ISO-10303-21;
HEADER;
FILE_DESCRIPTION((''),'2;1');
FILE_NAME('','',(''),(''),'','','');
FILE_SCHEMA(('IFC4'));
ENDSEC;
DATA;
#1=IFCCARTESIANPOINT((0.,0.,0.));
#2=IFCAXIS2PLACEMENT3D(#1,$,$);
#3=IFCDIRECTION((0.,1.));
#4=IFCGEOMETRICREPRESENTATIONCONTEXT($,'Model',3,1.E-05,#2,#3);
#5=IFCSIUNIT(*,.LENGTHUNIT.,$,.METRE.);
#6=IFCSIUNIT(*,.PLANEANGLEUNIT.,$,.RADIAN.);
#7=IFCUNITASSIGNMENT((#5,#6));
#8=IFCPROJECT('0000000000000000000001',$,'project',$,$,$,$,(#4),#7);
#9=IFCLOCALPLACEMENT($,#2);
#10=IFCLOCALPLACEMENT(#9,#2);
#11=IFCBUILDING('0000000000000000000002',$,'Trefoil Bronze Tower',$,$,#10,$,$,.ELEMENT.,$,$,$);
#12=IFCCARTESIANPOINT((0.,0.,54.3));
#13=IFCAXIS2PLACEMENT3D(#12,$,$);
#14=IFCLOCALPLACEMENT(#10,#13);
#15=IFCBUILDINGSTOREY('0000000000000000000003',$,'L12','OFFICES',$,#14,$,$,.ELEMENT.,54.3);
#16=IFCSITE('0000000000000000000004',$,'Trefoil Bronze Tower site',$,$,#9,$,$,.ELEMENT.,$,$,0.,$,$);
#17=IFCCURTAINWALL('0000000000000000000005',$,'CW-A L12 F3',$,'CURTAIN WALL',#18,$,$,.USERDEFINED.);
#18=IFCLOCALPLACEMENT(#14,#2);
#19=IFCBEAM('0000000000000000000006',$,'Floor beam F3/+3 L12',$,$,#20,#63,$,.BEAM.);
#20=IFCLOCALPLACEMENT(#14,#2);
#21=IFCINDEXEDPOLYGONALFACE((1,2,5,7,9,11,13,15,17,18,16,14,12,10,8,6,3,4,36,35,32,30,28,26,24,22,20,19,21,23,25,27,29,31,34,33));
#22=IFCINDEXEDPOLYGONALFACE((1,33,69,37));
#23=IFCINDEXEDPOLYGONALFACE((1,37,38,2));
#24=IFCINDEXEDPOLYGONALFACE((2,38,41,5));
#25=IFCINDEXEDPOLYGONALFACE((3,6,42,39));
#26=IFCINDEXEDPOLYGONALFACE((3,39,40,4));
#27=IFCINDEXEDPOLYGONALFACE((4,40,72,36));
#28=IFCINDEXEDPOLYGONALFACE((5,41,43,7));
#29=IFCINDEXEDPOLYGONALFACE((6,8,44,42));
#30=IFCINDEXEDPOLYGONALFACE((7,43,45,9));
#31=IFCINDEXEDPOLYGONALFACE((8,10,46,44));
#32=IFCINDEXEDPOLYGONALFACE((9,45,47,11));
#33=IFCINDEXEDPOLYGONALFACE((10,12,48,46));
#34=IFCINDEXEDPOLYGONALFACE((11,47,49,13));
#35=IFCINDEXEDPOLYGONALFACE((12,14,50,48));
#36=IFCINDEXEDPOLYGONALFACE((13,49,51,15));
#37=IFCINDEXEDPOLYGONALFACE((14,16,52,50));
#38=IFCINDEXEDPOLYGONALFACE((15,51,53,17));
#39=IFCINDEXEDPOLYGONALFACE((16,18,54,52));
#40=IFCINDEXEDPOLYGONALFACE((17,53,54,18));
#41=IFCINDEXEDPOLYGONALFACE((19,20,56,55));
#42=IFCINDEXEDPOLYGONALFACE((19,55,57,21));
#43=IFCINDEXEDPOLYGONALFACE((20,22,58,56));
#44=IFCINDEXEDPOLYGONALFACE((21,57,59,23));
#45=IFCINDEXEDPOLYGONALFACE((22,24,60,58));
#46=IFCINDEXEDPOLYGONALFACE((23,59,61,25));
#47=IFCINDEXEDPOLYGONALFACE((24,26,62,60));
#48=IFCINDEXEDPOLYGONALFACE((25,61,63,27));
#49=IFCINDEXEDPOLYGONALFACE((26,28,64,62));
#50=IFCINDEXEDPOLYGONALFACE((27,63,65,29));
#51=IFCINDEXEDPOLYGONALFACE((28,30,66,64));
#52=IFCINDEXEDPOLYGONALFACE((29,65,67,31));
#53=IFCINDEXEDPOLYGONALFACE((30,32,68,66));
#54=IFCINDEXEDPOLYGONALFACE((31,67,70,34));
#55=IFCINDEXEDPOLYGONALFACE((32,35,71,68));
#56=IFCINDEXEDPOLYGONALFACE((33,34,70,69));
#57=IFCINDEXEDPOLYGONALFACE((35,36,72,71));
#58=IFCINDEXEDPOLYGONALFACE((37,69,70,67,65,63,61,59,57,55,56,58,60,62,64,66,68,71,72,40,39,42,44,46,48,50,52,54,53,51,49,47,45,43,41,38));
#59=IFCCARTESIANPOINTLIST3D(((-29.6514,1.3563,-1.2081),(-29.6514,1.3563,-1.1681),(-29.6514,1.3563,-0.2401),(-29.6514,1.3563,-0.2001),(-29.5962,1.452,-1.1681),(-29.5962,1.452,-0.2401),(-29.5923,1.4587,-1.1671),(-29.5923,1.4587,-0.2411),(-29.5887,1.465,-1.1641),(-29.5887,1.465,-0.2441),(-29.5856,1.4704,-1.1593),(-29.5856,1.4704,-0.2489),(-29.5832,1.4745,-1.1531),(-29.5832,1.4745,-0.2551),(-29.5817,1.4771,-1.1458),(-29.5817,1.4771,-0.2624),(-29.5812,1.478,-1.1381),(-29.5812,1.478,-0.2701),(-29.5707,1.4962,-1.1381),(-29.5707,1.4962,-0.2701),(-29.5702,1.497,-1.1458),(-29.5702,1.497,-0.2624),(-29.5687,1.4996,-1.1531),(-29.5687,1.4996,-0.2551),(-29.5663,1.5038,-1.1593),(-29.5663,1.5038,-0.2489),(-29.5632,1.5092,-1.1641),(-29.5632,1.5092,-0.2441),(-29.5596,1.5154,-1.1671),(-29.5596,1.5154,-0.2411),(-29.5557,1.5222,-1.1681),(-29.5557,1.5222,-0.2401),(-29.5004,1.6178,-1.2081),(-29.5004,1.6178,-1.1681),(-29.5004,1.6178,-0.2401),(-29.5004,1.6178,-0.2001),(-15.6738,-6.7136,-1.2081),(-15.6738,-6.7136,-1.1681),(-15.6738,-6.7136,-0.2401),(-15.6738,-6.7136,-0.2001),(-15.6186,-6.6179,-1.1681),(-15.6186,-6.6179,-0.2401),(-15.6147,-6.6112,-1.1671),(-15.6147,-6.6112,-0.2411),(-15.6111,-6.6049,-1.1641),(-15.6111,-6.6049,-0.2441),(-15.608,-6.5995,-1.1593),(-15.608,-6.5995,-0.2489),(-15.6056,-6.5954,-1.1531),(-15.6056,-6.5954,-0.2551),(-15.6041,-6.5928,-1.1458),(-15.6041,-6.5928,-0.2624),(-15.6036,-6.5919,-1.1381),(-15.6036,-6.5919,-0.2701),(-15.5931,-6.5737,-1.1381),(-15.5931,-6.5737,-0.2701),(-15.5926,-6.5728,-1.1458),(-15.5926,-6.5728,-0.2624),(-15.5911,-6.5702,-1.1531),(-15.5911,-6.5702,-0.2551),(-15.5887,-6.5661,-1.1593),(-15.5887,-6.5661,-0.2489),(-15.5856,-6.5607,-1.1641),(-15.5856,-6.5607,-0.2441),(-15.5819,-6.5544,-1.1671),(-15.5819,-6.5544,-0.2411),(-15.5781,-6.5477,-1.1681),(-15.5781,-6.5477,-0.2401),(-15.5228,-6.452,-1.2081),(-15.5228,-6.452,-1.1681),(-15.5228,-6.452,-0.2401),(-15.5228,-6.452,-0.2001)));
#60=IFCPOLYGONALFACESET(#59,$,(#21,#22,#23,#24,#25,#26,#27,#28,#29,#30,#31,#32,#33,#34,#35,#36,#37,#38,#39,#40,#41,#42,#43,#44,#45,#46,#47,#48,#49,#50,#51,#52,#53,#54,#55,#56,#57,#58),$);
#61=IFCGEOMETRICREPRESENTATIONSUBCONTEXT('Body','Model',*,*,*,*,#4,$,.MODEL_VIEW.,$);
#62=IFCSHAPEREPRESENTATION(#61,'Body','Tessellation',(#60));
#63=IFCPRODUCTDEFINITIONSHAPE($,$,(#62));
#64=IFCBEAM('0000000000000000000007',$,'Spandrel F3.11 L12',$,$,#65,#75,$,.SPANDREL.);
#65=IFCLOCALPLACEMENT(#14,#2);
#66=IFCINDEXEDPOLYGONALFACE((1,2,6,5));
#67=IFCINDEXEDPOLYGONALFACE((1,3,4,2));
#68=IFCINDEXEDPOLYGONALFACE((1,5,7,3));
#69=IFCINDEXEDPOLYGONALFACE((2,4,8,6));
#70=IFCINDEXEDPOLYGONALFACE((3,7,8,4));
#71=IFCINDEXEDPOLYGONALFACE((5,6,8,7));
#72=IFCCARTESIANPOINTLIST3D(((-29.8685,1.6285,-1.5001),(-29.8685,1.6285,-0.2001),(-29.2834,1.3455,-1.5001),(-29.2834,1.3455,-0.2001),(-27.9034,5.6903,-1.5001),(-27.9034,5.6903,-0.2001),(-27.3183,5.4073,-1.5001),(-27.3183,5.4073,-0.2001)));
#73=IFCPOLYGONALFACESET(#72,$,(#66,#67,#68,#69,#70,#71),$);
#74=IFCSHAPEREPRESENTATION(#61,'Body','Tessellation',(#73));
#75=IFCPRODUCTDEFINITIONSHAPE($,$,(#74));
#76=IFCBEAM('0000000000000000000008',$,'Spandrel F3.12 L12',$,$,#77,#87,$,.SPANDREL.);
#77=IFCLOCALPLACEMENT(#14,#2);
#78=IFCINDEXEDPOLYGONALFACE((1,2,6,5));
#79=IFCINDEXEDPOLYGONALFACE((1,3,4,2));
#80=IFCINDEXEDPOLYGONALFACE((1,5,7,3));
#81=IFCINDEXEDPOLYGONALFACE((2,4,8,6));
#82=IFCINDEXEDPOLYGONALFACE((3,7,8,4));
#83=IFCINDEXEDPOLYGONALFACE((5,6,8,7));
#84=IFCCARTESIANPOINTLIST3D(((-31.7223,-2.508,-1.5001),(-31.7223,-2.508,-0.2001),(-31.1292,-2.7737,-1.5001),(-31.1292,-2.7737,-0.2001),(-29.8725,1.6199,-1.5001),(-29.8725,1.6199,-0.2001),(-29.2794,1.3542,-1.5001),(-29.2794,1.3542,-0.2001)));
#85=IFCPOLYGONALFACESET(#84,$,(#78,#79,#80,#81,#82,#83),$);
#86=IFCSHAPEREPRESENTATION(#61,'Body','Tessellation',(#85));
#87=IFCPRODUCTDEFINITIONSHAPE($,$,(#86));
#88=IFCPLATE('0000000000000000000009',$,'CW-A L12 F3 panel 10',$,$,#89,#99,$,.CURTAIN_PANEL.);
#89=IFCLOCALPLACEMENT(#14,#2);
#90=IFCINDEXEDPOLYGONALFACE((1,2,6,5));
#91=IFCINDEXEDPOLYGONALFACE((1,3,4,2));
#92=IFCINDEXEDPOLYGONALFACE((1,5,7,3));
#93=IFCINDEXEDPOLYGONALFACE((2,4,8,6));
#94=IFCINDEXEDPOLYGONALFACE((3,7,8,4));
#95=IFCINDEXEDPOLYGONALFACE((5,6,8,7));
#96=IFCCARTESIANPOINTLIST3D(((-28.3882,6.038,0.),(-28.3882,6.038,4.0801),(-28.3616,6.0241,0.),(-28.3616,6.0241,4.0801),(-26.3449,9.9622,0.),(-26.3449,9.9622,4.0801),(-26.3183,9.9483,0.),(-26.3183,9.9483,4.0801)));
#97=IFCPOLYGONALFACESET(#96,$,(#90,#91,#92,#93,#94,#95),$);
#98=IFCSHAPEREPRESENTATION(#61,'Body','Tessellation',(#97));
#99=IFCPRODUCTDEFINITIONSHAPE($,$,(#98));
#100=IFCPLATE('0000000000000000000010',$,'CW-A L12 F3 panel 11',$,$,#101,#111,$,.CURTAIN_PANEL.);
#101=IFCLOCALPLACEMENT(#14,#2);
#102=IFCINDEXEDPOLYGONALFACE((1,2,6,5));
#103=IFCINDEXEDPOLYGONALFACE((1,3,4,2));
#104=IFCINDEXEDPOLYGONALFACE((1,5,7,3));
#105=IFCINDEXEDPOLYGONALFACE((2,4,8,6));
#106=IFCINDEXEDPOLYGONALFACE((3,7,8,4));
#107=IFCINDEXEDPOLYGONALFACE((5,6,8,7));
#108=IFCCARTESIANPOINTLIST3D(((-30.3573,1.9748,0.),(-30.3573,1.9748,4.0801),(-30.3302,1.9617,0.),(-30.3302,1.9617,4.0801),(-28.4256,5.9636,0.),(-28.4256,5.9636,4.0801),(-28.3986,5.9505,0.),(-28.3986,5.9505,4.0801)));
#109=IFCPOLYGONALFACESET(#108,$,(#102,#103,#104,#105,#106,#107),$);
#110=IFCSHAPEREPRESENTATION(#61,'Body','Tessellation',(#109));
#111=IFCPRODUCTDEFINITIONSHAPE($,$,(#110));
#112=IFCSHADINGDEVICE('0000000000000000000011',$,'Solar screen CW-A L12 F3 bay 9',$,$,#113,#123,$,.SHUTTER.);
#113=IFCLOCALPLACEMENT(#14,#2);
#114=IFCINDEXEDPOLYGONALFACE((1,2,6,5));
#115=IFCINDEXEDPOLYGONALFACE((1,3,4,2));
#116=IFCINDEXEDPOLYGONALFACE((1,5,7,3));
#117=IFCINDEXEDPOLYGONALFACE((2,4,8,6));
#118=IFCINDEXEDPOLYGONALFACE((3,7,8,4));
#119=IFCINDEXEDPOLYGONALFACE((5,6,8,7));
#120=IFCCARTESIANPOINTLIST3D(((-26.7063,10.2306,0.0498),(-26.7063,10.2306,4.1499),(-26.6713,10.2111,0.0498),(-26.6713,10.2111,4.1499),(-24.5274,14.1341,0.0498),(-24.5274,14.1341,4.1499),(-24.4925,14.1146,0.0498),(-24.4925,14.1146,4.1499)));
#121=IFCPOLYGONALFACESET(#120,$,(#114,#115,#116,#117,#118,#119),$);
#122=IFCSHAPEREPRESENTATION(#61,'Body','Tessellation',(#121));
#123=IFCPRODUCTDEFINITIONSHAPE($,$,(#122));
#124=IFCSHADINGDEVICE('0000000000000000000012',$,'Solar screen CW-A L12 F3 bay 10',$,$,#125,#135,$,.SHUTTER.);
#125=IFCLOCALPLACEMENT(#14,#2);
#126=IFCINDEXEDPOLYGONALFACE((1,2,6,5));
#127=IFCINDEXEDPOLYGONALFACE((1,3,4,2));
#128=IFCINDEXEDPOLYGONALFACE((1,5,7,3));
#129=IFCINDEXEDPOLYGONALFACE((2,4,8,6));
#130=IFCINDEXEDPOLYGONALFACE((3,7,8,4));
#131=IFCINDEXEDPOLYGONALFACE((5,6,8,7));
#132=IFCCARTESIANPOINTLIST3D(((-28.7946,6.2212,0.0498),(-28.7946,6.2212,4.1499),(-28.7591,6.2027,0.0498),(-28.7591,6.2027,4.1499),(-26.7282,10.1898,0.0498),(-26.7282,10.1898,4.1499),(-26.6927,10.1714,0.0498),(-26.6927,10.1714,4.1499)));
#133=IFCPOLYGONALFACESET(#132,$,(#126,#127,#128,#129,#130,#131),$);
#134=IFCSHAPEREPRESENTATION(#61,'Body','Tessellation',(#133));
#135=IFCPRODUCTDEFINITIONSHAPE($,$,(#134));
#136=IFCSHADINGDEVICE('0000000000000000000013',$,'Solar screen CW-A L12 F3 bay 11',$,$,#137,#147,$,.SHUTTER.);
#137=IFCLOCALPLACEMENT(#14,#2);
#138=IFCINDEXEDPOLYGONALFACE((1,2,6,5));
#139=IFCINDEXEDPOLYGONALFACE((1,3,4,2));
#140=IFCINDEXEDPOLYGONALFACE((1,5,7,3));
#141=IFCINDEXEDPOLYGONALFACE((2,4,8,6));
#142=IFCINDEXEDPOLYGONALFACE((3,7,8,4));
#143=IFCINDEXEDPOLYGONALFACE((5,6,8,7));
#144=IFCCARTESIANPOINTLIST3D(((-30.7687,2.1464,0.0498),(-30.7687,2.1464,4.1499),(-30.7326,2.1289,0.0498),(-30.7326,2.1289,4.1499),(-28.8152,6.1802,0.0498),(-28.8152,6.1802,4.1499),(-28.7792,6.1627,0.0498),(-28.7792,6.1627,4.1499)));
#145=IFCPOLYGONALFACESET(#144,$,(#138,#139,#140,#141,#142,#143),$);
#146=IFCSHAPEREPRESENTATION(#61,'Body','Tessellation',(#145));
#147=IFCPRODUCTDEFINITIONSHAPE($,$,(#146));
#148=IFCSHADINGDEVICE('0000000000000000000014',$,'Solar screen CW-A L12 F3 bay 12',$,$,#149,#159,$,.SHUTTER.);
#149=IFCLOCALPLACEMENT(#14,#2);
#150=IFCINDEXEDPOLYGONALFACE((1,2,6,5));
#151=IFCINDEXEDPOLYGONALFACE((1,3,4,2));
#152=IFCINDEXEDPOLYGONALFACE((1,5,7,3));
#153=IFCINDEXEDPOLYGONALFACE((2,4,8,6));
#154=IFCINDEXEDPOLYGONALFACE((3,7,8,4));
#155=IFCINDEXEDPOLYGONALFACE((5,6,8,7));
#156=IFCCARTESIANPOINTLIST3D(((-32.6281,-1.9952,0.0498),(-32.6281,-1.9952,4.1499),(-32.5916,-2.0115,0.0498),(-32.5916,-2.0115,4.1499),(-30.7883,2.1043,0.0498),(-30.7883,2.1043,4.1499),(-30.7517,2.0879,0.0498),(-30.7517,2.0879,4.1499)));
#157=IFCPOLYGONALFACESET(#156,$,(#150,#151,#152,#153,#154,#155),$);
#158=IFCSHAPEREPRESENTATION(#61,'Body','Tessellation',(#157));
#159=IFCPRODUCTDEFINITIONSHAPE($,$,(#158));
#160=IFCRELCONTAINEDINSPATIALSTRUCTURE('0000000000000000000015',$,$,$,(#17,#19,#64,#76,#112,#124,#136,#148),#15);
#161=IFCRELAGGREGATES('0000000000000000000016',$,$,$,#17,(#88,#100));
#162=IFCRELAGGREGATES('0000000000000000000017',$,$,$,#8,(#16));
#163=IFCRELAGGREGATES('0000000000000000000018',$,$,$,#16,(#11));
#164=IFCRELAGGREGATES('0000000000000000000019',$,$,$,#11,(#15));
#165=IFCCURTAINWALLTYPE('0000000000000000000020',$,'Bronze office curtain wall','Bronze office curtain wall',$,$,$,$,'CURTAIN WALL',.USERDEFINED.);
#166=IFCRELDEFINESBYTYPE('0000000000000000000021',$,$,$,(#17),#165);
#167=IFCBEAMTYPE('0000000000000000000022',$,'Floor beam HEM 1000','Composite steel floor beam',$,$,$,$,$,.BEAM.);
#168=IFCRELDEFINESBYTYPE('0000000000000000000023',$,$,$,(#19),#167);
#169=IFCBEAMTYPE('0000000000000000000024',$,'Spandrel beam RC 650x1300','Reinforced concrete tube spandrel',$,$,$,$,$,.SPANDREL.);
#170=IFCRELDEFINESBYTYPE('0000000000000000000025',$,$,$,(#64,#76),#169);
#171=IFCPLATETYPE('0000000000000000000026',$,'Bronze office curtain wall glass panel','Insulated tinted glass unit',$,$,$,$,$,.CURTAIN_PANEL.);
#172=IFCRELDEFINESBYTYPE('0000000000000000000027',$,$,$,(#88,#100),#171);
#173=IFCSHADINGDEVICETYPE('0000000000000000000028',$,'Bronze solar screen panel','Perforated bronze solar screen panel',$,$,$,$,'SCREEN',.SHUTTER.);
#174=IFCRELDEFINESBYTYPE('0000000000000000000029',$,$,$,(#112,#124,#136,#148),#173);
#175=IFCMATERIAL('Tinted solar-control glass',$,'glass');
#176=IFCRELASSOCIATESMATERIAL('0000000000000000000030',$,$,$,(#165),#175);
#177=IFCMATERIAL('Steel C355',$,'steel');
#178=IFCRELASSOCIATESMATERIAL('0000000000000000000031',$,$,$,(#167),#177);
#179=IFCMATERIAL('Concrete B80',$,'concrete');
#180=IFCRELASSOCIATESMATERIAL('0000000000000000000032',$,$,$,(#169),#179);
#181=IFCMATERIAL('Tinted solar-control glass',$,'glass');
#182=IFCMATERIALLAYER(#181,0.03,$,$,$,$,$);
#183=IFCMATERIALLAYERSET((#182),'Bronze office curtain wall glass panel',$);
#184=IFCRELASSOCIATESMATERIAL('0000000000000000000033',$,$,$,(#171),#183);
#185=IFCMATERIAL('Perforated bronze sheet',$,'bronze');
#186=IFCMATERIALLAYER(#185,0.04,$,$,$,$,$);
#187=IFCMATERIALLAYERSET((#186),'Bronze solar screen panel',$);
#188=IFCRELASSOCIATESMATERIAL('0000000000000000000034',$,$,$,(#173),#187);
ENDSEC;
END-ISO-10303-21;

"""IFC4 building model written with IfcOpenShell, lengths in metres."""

from ifc_helpers import new_model, si_unit, direction, frame, origin, origin_2d, place, context, subcontext, project, spatial, rectangle, i_section, extrude, material, layer, layer_set, material_profile, profile_set, type_object, element, aggregate, save


model = new_model("IFC4")

# Units and contexts
model_context = context("Model", 3, precision=1e-05, world=origin(), true_north=direction((0.0, 1.0)))
body_context = subcontext(model_context, "Body", "Model", "MODEL_VIEW")
ifc_project = project(units=[si_unit("LENGTHUNIT", "METRE"), si_unit("PLANEANGLEUNIT", "RADIAN")], contexts=[model_context])

# Site, building, storey
site_placement = place(None, origin())
site = spatial("IfcSite", under=ifc_project, at=site_placement, Name="Trefoil Bronze Tower site", CompositionType="ELEMENT", RefElevation=0.0)
building_placement = place(site_placement, origin())
building = spatial("IfcBuilding", under=site, at=building_placement, Name="Trefoil Bronze Tower", CompositionType="ELEMENT")
storey_placement = place(building_placement, frame((0.0, 0.0, 54.3)))
storey = spatial("IfcBuildingStorey", under=building, at=storey_placement, Name="L12", Description="OFFICES", CompositionType="ELEMENT", Elevation=54.3)

# Curtain wall
ifc_material_1 = material(Name="Tinted solar-control glass", Category="glass")
curtain_wall_type = type_object("IfcCurtainWallType", Name="Bronze office curtain wall", Description="Bronze office curtain wall", ElementType="CURTAIN WALL", PredefinedType="USERDEFINED", material=ifc_material_1)
curtain_wall_placement = place(storey_placement, origin())
curtain_wall = element("IfcCurtainWall", 1, at=curtain_wall_placement, inside=storey, type_object=curtain_wall_type, Name="CW-A L12 F3", ObjectType="CURTAIN WALL", PredefinedType="USERDEFINED")

# Beams
ifc_material_2 = material(Name="Steel C355", Category="steel")
ifc_material_profile_1 = material_profile(ifc_material_2, i_section(OverallWidth=0.302, OverallDepth=1.0081, WebThickness=0.021, FlangeThickness=0.04, FilletRadius=0.03, at=origin_2d()), Name="HEM 1000")
ifc_profile_set_1 = profile_set([ifc_material_profile_1], Name="Steel C355")
beam_type_1 = type_object("IfcBeamType", Name="Floor beam HEM 1000", Description="Composite steel floor beam", PredefinedType="BEAM", material=ifc_profile_set_1)
beam_1_placement = place(storey_placement, frame((-29.5759, 1.4871, -0.7041), z_axis=(0.866028, -0.499995, 0.0), x_axis=(0.499995, 0.866028, 0.0)))
element("IfcBeam", 2, at=beam_1_placement, inside=storey, type_object=beam_type_1, Name="Floor beam F3/+3 L12", PredefinedType="BEAM", context=body_context, shape_type="SweptSolid", body=[
    extrude(i_section(OverallWidth=0.302, OverallDepth=1.0081, WebThickness=0.021, FlangeThickness=0.04, FilletRadius=0.03, at=origin_2d()), origin(), (0.0, 0.0, 1.0), 16.1399),
])
ifc_material_3 = material(Name="Concrete B80", Category="concrete")
ifc_material_profile_2 = material_profile(ifc_material_3, rectangle(XDim=0.6499, YDim=1.3, at=origin_2d()), Name="RC 650x1300")
ifc_profile_set_2 = profile_set([ifc_material_profile_2], Name="Concrete B80")
beam_type_2 = type_object("IfcBeamType", Name="Spandrel beam RC 650x1300", Description="Reinforced concrete tube spandrel", PredefinedType="SPANDREL", material=ifc_profile_set_2)
beam_2_placement = place(storey_placement, frame((-27.6108, 5.5488, -0.8501), z_axis=(-0.43551, -0.900184, 0.0), x_axis=(0.900184, -0.43551, 0.0)))
element("IfcBeam", 3, at=beam_2_placement, inside=storey, type_object=beam_type_2, Name="Spandrel F3.11 L12", PredefinedType="SPANDREL", context=body_context, shape_type="SweptSolid", body=[
    extrude(rectangle(XDim=0.6499, YDim=1.3, at=origin_2d()), origin(), (0.0, 0.0, 1.0), 4.5122),
])
beam_3_placement = place(storey_placement, frame((-29.5759, 1.4871, -0.8501), z_axis=(-0.408946, -0.912559, 0.0), x_axis=(0.912559, -0.408946, 0.0)))
element("IfcBeam", 4, at=beam_3_placement, inside=storey, type_object=beam_type_2, Name="Spandrel F3.12 L12", PredefinedType="SPANDREL", context=body_context, shape_type="SweptSolid", body=[
    extrude(rectangle(XDim=0.6499, YDim=1.3, at=origin_2d()), origin(), (0.0, 0.0, 1.0), 4.5234),
])

# Plates
ifc_material_4 = material(Name="Tinted solar-control glass", Category="glass")
ifc_layer_1 = layer(ifc_material_4, 0.03)
ifc_layer_set_1 = layer_set([ifc_layer_1], Name="Bronze office curtain wall glass panel")
plate_type = type_object("IfcPlateType", Name="Bronze office curtain wall glass panel", Description="Insulated tinted glass unit", PredefinedType="CURTAIN_PANEL", material=ifc_layer_set_1)
plate_1_placement = place(storey_placement, frame((-27.3533, 7.9932, 0.0), z_axis=(0.0, 0.0, 1.0), x_axis=(-0.46183, -0.886969, 0.0)))
plate_1 = element("IfcPlate", 5, at=plate_1_placement, type_object=plate_type, Name="CW-A L12 F3 panel 10", PredefinedType="CURTAIN_PANEL", context=body_context, shape_type="SweptSolid", body=[
    extrude(rectangle(XDim=4.4243, YDim=0.03, at=origin_2d()), origin(), (0.0, 0.0, 1.0), 4.0801),
])
plate_2_placement = place(storey_placement, frame((-29.3779, 3.9626, 0.0), z_axis=(0.0, 0.0, 1.0), x_axis=(-0.435855, -0.900017, 0.0)))
plate_2 = element("IfcPlate", 6, at=plate_2_placement, type_object=plate_type, Name="CW-A L12 F3 panel 11", PredefinedType="CURTAIN_PANEL", context=body_context, shape_type="SweptSolid", body=[
    extrude(rectangle(XDim=4.4319, YDim=0.03, at=origin_2d()), origin(), (0.0, 0.0, 1.0), 4.0801),
])
aggregate(curtain_wall, [plate_1, plate_2])

# Shading devices
ifc_material_5 = material(Name="Perforated bronze sheet", Category="bronze")
ifc_layer_2 = layer(ifc_material_5, 0.04)
ifc_layer_set_2 = layer_set([ifc_layer_2], Name="Bronze solar screen panel")
shading_device_type = type_object("IfcShadingDeviceType", Name="Bronze solar screen panel", Description="Perforated bronze solar screen panel", ElementType="SCREEN", PredefinedType="SHUTTER", material=ifc_layer_set_2)
shading_device_1_placement = place(storey_placement, frame((-25.5994, 12.1726, 0.0498), z_axis=(0.0, 0.0, 1.0), x_axis=(-0.487382, -0.873189, 0.0)))
element("IfcShadingDevice", 7, at=shading_device_1_placement, inside=storey, type_object=shading_device_type, Name="Solar screen CW-A L12 F3 bay 9", PredefinedType="SHUTTER", context=body_context, shape_type="SweptSolid", body=[
    extrude(rectangle(XDim=4.4705, YDim=0.04, at=origin_2d()), origin(), (0.0, 0.0, 1.0), 4.1001),
])
shading_device_2_placement = place(storey_placement, frame((-27.7437, 8.1963, 0.0498), z_axis=(0.0, 0.0, 1.0), x_axis=(-0.46183, -0.886969, 0.0)))
element("IfcShadingDevice", 8, at=shading_device_2_placement, inside=storey, type_object=shading_device_type, Name="Solar screen CW-A L12 F3 bay 10", PredefinedType="SHUTTER", context=body_context, shape_type="SweptSolid", body=[
    extrude(rectangle(XDim=4.4744, YDim=0.04, at=origin_2d()), origin(), (0.0, 0.0, 1.0), 4.1001),
])
shading_device_3_placement = place(storey_placement, frame((-29.7739, 4.1545, 0.0498), z_axis=(0.0, 0.0, 1.0), x_axis=(-0.435855, -0.900017, 0.0)))
element("IfcShadingDevice", 9, at=shading_device_3_placement, inside=storey, type_object=shading_device_type, Name="Solar screen CW-A L12 F3 bay 11", PredefinedType="SHUTTER", context=body_context, shape_type="SweptSolid", body=[
    extrude(rectangle(XDim=4.4819, YDim=0.04, at=origin_2d()), origin(), (0.0, 0.0, 1.0), 4.1001),
])
shading_device_4_placement = place(storey_placement, frame((-31.6899, 0.0464, 0.0498), z_axis=(0.0, 0.0, 1.0), x_axis=(-0.409456, -0.91233, 0.0)))
element("IfcShadingDevice", 10, at=shading_device_4_placement, inside=storey, type_object=shading_device_type, Name="Solar screen CW-A L12 F3 bay 12", PredefinedType="SHUTTER", context=body_context, shape_type="SweptSolid", body=[
    extrude(rectangle(XDim=4.4934, YDim=0.04, at=origin_2d()), origin(), (0.0, 0.0, 1.0), 4.1001),
])

save(model, "model.ifc")
